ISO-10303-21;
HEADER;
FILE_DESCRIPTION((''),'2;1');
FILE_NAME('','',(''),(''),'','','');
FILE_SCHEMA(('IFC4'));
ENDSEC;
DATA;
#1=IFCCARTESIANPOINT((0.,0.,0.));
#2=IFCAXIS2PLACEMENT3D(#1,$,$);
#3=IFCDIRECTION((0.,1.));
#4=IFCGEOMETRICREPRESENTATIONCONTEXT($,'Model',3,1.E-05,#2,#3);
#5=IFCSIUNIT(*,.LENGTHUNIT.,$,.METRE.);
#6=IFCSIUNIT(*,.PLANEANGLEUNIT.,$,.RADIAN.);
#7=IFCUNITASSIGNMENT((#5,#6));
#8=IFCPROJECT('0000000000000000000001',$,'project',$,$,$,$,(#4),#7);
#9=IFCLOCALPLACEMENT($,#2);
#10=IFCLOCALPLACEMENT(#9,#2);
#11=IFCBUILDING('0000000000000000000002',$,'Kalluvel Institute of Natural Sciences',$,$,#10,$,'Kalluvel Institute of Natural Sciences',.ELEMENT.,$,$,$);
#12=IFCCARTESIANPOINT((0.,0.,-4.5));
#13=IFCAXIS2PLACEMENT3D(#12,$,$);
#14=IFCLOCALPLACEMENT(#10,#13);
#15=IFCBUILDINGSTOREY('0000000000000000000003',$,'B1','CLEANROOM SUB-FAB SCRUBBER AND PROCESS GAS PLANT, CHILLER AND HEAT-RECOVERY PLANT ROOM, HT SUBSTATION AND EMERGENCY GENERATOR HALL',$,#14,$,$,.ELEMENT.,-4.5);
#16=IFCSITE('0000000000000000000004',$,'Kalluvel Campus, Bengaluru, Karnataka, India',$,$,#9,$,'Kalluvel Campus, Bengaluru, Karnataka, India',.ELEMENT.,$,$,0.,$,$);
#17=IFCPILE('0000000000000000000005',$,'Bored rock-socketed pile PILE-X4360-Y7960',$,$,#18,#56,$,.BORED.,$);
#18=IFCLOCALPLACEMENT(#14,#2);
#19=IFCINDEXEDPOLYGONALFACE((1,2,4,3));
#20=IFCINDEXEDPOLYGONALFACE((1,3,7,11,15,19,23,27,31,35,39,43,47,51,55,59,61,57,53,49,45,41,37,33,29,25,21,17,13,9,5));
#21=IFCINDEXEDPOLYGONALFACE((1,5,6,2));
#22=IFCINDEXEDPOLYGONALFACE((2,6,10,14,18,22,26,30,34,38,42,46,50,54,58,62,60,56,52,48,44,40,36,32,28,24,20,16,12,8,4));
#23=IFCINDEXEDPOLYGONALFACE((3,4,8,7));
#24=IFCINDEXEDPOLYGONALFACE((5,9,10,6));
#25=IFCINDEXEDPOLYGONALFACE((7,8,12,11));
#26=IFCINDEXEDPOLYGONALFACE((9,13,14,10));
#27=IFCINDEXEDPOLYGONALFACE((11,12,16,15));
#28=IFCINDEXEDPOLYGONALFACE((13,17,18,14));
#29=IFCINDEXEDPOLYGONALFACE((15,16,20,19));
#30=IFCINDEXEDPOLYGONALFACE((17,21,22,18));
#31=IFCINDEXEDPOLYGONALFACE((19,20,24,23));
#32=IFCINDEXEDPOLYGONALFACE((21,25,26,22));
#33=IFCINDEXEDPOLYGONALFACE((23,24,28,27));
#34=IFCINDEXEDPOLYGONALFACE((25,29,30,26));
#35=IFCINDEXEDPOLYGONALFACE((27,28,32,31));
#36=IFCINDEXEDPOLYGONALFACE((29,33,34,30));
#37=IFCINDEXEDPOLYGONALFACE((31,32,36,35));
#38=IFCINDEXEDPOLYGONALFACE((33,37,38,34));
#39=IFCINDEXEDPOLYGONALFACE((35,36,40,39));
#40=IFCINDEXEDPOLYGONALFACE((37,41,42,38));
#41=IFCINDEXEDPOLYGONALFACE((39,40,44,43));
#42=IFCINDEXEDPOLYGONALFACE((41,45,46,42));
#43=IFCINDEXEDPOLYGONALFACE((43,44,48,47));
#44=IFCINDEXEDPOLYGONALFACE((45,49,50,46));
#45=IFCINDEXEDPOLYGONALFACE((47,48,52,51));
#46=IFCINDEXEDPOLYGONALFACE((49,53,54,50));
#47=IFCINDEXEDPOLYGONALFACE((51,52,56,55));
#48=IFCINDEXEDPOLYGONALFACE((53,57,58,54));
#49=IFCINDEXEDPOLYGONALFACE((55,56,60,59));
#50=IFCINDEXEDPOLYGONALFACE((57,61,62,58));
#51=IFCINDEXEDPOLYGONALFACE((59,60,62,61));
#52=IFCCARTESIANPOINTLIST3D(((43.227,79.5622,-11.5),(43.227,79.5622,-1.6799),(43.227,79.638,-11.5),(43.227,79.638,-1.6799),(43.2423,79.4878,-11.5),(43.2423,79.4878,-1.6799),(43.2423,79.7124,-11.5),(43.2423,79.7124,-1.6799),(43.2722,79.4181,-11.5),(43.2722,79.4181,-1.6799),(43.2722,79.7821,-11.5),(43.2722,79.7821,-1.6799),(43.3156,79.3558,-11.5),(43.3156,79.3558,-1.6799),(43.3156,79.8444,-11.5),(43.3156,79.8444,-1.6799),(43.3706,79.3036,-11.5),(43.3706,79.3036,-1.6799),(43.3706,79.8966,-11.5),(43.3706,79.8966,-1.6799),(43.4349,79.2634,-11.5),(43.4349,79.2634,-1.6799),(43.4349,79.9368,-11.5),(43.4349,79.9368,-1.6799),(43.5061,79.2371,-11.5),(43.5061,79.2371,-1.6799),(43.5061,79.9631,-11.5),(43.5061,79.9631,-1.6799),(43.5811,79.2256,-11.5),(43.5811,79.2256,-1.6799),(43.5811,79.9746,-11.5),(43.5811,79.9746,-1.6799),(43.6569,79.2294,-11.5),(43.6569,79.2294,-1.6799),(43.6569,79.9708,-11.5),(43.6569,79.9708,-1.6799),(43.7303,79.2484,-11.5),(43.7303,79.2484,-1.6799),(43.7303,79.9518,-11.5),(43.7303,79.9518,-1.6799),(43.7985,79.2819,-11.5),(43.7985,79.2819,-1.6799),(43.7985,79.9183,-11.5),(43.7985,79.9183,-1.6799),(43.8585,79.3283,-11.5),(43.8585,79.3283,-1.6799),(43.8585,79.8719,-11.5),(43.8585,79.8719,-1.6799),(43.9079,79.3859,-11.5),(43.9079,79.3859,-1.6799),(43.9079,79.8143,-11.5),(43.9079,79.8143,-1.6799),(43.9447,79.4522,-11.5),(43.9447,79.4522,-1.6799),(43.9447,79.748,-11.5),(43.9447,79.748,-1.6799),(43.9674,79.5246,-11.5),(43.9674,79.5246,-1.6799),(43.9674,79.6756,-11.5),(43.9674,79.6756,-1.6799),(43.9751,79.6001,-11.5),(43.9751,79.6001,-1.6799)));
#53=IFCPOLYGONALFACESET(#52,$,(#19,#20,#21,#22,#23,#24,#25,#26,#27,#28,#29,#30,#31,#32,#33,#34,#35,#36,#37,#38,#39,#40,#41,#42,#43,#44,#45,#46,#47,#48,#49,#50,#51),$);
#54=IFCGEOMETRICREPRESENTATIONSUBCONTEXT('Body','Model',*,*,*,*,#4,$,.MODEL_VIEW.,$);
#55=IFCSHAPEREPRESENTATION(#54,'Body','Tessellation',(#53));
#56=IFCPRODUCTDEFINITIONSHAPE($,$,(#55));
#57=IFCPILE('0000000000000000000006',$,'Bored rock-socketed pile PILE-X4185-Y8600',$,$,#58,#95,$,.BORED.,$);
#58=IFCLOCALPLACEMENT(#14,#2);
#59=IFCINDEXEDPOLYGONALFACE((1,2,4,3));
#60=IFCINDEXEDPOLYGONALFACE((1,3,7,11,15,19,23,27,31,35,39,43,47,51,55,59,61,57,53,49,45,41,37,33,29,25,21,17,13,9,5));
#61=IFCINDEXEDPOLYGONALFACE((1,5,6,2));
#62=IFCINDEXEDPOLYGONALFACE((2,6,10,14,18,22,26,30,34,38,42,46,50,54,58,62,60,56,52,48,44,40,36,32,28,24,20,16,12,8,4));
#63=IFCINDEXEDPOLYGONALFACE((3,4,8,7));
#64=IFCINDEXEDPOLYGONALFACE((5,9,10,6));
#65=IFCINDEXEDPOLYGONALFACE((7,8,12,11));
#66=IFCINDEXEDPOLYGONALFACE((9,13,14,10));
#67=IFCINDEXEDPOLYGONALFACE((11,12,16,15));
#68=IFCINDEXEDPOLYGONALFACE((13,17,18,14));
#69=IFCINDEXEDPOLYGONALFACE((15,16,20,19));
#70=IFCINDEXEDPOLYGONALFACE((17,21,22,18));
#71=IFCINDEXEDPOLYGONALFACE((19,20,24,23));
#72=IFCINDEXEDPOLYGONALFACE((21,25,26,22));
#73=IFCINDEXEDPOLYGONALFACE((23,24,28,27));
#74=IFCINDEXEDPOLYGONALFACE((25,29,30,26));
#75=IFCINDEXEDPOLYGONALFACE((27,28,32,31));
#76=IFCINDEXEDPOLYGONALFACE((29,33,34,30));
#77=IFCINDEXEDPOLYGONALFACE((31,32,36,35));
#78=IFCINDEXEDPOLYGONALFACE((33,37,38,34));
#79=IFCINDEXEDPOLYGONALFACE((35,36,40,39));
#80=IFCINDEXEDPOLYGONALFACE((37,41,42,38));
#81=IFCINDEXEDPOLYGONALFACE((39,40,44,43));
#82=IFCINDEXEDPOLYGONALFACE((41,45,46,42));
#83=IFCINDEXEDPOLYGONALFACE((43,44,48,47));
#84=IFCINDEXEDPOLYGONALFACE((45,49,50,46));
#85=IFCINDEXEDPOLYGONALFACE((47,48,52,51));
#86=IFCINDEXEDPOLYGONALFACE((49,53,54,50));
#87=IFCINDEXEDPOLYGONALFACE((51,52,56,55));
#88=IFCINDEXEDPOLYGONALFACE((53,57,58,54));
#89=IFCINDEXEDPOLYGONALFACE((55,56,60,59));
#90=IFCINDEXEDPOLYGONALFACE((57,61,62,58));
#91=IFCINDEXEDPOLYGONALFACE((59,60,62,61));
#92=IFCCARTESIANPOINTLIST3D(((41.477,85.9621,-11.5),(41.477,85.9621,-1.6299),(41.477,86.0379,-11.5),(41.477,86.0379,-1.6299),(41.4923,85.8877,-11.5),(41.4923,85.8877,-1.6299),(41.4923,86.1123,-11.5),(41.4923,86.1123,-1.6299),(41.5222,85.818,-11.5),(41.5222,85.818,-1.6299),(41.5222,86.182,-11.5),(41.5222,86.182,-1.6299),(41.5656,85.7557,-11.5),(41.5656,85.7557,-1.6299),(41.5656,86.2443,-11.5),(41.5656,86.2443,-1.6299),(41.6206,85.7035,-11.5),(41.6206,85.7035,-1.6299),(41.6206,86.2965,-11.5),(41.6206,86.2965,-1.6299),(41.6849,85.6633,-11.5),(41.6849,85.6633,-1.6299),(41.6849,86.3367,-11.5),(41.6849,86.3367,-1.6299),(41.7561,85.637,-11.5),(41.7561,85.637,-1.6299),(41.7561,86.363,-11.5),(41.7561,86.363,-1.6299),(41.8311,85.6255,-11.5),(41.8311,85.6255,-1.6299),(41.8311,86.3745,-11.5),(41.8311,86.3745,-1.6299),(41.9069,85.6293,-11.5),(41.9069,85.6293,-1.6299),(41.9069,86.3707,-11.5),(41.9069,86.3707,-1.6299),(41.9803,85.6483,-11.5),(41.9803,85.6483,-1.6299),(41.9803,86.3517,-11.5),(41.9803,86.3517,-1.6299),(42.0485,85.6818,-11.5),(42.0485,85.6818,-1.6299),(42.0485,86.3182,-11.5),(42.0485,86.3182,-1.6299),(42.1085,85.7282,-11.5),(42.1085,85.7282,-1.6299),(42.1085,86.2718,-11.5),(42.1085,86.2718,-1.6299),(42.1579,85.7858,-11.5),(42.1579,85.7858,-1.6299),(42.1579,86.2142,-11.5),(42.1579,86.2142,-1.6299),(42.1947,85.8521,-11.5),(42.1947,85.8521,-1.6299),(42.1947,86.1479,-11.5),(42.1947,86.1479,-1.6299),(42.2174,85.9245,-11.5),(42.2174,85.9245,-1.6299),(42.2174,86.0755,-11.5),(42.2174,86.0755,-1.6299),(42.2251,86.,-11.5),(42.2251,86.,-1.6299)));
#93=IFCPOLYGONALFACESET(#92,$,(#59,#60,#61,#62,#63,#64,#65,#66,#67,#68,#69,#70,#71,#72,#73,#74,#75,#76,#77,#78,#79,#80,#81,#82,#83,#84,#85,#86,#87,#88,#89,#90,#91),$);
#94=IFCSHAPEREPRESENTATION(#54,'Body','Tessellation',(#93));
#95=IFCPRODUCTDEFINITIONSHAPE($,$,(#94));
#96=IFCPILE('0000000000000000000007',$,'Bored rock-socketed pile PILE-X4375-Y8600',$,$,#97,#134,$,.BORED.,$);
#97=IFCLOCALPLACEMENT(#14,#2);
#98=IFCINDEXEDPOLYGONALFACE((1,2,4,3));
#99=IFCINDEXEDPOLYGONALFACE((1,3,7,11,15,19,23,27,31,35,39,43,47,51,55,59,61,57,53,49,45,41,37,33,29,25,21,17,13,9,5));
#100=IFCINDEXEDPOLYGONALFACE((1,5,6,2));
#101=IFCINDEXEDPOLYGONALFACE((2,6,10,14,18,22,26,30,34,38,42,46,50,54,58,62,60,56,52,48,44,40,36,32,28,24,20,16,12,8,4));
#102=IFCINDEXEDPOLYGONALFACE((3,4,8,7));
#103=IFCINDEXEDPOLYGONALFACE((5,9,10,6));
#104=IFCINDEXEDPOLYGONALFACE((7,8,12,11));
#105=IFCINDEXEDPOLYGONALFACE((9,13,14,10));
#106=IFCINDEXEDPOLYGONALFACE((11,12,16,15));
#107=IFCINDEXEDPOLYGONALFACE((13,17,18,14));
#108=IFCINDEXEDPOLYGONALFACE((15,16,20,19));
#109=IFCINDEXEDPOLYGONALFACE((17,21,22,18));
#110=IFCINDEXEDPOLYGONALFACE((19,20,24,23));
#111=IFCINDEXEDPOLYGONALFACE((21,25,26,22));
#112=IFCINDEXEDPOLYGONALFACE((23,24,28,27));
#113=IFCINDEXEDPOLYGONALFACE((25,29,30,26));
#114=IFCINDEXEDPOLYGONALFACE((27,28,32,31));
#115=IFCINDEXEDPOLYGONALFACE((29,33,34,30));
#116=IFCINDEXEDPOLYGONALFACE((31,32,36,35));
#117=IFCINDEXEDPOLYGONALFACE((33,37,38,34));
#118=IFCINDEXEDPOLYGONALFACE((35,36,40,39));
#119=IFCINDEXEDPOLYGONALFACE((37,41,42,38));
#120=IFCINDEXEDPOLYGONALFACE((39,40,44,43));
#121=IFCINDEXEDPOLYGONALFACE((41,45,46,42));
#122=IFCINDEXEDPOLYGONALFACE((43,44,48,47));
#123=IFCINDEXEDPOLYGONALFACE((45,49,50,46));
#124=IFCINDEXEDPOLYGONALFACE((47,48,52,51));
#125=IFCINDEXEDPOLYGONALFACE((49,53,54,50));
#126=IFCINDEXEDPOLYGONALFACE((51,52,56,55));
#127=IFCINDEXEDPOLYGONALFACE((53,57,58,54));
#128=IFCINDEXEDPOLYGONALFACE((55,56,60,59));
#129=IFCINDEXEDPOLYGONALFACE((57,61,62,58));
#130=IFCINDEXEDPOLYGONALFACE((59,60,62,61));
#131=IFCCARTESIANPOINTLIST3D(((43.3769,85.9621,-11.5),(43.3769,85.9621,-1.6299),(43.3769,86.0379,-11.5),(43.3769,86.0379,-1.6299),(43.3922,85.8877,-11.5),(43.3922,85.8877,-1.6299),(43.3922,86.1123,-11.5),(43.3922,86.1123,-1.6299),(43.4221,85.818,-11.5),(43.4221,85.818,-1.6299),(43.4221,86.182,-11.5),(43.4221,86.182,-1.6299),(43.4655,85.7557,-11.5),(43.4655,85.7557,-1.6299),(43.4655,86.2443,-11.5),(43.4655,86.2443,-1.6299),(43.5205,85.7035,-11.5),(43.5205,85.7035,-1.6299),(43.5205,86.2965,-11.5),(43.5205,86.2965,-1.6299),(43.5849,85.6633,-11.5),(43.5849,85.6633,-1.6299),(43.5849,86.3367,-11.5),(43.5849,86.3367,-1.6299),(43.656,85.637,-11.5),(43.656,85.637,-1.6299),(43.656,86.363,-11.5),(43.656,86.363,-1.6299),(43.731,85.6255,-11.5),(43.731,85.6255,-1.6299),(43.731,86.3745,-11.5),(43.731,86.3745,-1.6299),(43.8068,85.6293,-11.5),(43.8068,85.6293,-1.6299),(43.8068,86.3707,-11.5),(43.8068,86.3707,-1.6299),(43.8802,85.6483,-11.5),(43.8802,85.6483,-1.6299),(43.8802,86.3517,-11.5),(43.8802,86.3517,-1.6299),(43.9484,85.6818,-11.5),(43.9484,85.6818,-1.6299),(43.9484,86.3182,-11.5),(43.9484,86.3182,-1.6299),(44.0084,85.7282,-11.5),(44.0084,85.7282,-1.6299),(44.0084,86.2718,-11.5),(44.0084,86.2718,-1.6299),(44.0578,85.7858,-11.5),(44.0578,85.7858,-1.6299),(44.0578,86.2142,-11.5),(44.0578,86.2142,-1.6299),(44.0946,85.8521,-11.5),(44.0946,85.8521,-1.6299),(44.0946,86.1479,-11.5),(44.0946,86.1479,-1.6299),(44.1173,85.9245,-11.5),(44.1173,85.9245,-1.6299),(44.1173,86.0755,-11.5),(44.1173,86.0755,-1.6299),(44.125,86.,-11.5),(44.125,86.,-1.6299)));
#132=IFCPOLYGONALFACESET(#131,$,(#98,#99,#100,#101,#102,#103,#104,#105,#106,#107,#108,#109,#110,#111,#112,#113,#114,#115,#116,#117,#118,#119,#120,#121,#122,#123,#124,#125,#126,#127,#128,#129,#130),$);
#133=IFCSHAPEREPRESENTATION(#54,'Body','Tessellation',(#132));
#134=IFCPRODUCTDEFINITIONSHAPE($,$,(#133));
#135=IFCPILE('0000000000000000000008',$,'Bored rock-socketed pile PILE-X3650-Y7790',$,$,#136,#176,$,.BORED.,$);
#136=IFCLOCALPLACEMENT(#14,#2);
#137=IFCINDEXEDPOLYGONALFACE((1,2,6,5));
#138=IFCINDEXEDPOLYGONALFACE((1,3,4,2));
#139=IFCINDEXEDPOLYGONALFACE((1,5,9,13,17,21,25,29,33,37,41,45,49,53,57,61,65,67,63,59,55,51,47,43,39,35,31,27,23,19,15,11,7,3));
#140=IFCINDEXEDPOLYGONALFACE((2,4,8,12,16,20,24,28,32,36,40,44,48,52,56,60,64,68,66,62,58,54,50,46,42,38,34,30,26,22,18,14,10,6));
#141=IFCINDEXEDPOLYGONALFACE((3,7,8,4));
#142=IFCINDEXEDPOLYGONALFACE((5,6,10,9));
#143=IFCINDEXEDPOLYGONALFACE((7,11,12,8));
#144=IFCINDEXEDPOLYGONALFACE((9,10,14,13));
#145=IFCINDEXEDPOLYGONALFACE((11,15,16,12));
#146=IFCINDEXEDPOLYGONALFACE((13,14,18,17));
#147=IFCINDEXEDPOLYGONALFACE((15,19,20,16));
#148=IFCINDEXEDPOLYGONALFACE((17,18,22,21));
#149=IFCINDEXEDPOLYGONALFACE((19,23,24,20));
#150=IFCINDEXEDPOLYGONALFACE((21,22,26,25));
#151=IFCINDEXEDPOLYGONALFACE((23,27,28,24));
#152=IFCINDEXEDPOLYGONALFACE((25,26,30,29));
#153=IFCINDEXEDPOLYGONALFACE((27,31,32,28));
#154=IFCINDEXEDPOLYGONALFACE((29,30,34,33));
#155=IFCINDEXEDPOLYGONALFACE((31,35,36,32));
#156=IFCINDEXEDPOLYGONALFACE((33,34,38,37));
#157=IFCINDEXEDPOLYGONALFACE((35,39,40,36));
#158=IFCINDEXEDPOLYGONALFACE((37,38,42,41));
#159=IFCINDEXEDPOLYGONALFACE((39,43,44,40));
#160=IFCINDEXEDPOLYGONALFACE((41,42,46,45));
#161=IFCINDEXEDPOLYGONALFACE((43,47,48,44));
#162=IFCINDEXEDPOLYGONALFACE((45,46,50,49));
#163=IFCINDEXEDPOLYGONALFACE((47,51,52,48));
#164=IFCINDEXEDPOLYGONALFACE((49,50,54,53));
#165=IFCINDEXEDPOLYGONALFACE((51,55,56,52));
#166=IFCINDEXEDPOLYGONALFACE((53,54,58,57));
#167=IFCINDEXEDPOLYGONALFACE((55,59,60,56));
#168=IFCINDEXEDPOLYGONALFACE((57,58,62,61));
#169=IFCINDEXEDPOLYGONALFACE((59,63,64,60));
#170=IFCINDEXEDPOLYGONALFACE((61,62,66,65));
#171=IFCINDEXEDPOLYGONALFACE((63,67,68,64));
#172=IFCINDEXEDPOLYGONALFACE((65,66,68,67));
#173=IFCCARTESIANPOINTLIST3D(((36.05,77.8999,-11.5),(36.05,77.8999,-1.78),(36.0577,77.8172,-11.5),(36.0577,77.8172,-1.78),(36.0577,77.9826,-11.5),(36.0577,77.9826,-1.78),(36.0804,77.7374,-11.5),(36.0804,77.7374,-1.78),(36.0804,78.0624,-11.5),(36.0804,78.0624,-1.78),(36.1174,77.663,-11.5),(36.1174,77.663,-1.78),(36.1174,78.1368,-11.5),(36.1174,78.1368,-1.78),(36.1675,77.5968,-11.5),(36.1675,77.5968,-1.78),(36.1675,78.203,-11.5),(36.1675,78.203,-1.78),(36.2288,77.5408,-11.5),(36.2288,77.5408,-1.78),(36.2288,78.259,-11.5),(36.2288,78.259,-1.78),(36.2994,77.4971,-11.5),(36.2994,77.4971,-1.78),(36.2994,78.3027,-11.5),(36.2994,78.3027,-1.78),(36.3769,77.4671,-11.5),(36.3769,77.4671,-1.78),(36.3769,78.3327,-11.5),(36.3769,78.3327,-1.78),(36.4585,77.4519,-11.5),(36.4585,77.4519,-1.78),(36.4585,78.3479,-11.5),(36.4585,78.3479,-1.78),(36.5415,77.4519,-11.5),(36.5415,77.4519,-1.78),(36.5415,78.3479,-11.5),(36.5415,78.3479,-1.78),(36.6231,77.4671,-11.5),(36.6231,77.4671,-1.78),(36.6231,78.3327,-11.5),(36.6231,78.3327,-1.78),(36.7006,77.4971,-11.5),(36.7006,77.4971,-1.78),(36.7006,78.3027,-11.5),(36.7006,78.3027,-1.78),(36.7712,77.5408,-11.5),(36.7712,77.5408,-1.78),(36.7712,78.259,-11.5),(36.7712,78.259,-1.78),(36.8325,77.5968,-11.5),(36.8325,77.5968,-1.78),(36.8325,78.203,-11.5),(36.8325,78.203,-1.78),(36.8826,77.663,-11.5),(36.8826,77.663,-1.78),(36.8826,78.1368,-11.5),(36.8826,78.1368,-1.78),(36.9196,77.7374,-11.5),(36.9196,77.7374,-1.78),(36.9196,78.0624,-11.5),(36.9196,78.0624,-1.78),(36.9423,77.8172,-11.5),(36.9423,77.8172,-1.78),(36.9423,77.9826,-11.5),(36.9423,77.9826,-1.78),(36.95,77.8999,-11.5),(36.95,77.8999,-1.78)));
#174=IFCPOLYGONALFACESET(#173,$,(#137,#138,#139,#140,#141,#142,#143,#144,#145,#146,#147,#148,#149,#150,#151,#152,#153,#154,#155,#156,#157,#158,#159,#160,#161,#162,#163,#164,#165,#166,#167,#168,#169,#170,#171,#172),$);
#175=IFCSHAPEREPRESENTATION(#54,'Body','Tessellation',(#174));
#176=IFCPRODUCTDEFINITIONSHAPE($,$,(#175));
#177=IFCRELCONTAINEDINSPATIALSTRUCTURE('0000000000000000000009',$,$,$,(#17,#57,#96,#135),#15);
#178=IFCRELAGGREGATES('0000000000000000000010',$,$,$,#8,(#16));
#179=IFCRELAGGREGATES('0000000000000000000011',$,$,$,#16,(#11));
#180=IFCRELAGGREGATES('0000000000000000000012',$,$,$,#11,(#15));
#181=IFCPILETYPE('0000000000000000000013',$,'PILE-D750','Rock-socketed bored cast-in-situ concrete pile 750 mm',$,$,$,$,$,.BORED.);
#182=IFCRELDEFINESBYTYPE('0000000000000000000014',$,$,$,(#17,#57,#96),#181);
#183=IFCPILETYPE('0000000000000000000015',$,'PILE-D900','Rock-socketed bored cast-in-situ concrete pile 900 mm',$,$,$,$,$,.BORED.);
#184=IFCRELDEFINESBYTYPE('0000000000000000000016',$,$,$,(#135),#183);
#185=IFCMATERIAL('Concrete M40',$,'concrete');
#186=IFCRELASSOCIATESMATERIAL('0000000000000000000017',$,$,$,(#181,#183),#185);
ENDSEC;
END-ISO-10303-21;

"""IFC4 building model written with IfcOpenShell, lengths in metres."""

from ifc_helpers import new_model, si_unit, direction, frame, origin, origin_2d, place, context, subcontext, project, spatial, circle, extrude, material, material_profile, profile_set, type_object, element, save


model = new_model("IFC4")

# Units and contexts
model_context = context("Model", 3, precision=1e-05, world=origin(), true_north=direction((0.0, 1.0)))
body_context = subcontext(model_context, "Body", "Model", "MODEL_VIEW")
ifc_project = project(units=[si_unit("LENGTHUNIT", "METRE"), si_unit("PLANEANGLEUNIT", "RADIAN")], contexts=[model_context])

# Site, building, storey
site_placement = place(None, origin())
site = spatial("IfcSite", under=ifc_project, at=site_placement, Name="Kalluvel Campus, Bengaluru, Karnataka, India", LongName="Kalluvel Campus, Bengaluru, Karnataka, India", CompositionType="ELEMENT", RefElevation=0.0)
building_placement = place(site_placement, origin())
building = spatial("IfcBuilding", under=site, at=building_placement, Name="Kalluvel Institute of Natural Sciences", LongName="Kalluvel Institute of Natural Sciences", CompositionType="ELEMENT")
storey_placement = place(building_placement, frame((0.0, 0.0, -4.5)))
storey = spatial("IfcBuildingStorey", under=building, at=storey_placement, Name="B1", Description="CLEANROOM SUB-FAB SCRUBBER AND PROCESS GAS PLANT, CHILLER AND HEAT-RECOVERY PLANT ROOM, HT SUBSTATION AND EMERGENCY GENERATOR HALL", CompositionType="ELEMENT", Elevation=-4.5)

# Shared definitions
ifc_material_1 = material(Name="Concrete M40", Category="concrete")

# Piles
ifc_material_profile_1 = material_profile(ifc_material_1, circle(Radius=0.375, at=origin_2d()), Name="PILE D750")
ifc_profile_set_1 = profile_set([ifc_material_profile_1], Name="Concrete M40")
pile_type_1 = type_object("IfcPileType", Name="PILE-D750", Description="Rock-socketed bored cast-in-situ concrete pile 750 mm", PredefinedType="BORED", material=ifc_profile_set_1)
for number, where, z_axis, x_axis, name in (
    (1, (43.6001, 79.6001, -1.6799), (0.0, 0.0, -1.0), (1.0, 0.0, 0.0), "Bored rock-socketed pile PILE-X4360-Y7960"),
):
    element("IfcPile", number, at=place(storey_placement, frame(where, z_axis=z_axis, x_axis=x_axis)), inside=storey, type_object=pile_type_1, Name=name, PredefinedType="BORED", context=body_context, shape_type="SweptSolid", body=[
        extrude(circle(Radius=0.375, at=origin_2d()), origin(), (0.0, 0.0, 1.0), 9.8201),
    ])
for number, where, z_axis, x_axis, name in (
    (2, (41.8501, 86.0, -1.6299), (0.0, 0.0, -1.0), (1.0, 0.0, 0.0), "Bored rock-socketed pile PILE-X4185-Y8600"),
    (3, (43.75, 86.0, -1.6299), (0.0, 0.0, -1.0), (1.0, 0.0, 0.0), "Bored rock-socketed pile PILE-X4375-Y8600"),
):
    element("IfcPile", number, at=place(storey_placement, frame(where, z_axis=z_axis, x_axis=x_axis)), inside=storey, type_object=pile_type_1, Name=name, PredefinedType="BORED", context=body_context, shape_type="SweptSolid", body=[
        extrude(circle(Radius=0.375, at=origin_2d()), origin(), (0.0, 0.0, 1.0), 9.8701),
    ])
ifc_material_profile_2 = material_profile(ifc_material_1, circle(Radius=0.45, at=origin_2d()), Name="PILE D900")
ifc_profile_set_2 = profile_set([ifc_material_profile_2], Name="Concrete M40")
pile_type_2 = type_object("IfcPileType", Name="PILE-D900", Description="Rock-socketed bored cast-in-situ concrete pile 900 mm", PredefinedType="BORED", material=ifc_profile_set_2)
for number, where, z_axis, x_axis, name in (
    (4, (36.5, 77.8999, -1.78), (0.0, 0.0, -1.0), (1.0, 0.0, 0.0), "Bored rock-socketed pile PILE-X3650-Y7790"),
):
    element("IfcPile", number, at=place(storey_placement, frame(where, z_axis=z_axis, x_axis=x_axis)), inside=storey, type_object=pile_type_2, Name=name, PredefinedType="BORED", context=body_context, shape_type="SweptSolid", body=[
        extrude(circle(Radius=0.45, at=origin_2d()), origin(), (0.0, 0.0, 1.0), 9.72),
    ])

save(model, "model.ifc")
